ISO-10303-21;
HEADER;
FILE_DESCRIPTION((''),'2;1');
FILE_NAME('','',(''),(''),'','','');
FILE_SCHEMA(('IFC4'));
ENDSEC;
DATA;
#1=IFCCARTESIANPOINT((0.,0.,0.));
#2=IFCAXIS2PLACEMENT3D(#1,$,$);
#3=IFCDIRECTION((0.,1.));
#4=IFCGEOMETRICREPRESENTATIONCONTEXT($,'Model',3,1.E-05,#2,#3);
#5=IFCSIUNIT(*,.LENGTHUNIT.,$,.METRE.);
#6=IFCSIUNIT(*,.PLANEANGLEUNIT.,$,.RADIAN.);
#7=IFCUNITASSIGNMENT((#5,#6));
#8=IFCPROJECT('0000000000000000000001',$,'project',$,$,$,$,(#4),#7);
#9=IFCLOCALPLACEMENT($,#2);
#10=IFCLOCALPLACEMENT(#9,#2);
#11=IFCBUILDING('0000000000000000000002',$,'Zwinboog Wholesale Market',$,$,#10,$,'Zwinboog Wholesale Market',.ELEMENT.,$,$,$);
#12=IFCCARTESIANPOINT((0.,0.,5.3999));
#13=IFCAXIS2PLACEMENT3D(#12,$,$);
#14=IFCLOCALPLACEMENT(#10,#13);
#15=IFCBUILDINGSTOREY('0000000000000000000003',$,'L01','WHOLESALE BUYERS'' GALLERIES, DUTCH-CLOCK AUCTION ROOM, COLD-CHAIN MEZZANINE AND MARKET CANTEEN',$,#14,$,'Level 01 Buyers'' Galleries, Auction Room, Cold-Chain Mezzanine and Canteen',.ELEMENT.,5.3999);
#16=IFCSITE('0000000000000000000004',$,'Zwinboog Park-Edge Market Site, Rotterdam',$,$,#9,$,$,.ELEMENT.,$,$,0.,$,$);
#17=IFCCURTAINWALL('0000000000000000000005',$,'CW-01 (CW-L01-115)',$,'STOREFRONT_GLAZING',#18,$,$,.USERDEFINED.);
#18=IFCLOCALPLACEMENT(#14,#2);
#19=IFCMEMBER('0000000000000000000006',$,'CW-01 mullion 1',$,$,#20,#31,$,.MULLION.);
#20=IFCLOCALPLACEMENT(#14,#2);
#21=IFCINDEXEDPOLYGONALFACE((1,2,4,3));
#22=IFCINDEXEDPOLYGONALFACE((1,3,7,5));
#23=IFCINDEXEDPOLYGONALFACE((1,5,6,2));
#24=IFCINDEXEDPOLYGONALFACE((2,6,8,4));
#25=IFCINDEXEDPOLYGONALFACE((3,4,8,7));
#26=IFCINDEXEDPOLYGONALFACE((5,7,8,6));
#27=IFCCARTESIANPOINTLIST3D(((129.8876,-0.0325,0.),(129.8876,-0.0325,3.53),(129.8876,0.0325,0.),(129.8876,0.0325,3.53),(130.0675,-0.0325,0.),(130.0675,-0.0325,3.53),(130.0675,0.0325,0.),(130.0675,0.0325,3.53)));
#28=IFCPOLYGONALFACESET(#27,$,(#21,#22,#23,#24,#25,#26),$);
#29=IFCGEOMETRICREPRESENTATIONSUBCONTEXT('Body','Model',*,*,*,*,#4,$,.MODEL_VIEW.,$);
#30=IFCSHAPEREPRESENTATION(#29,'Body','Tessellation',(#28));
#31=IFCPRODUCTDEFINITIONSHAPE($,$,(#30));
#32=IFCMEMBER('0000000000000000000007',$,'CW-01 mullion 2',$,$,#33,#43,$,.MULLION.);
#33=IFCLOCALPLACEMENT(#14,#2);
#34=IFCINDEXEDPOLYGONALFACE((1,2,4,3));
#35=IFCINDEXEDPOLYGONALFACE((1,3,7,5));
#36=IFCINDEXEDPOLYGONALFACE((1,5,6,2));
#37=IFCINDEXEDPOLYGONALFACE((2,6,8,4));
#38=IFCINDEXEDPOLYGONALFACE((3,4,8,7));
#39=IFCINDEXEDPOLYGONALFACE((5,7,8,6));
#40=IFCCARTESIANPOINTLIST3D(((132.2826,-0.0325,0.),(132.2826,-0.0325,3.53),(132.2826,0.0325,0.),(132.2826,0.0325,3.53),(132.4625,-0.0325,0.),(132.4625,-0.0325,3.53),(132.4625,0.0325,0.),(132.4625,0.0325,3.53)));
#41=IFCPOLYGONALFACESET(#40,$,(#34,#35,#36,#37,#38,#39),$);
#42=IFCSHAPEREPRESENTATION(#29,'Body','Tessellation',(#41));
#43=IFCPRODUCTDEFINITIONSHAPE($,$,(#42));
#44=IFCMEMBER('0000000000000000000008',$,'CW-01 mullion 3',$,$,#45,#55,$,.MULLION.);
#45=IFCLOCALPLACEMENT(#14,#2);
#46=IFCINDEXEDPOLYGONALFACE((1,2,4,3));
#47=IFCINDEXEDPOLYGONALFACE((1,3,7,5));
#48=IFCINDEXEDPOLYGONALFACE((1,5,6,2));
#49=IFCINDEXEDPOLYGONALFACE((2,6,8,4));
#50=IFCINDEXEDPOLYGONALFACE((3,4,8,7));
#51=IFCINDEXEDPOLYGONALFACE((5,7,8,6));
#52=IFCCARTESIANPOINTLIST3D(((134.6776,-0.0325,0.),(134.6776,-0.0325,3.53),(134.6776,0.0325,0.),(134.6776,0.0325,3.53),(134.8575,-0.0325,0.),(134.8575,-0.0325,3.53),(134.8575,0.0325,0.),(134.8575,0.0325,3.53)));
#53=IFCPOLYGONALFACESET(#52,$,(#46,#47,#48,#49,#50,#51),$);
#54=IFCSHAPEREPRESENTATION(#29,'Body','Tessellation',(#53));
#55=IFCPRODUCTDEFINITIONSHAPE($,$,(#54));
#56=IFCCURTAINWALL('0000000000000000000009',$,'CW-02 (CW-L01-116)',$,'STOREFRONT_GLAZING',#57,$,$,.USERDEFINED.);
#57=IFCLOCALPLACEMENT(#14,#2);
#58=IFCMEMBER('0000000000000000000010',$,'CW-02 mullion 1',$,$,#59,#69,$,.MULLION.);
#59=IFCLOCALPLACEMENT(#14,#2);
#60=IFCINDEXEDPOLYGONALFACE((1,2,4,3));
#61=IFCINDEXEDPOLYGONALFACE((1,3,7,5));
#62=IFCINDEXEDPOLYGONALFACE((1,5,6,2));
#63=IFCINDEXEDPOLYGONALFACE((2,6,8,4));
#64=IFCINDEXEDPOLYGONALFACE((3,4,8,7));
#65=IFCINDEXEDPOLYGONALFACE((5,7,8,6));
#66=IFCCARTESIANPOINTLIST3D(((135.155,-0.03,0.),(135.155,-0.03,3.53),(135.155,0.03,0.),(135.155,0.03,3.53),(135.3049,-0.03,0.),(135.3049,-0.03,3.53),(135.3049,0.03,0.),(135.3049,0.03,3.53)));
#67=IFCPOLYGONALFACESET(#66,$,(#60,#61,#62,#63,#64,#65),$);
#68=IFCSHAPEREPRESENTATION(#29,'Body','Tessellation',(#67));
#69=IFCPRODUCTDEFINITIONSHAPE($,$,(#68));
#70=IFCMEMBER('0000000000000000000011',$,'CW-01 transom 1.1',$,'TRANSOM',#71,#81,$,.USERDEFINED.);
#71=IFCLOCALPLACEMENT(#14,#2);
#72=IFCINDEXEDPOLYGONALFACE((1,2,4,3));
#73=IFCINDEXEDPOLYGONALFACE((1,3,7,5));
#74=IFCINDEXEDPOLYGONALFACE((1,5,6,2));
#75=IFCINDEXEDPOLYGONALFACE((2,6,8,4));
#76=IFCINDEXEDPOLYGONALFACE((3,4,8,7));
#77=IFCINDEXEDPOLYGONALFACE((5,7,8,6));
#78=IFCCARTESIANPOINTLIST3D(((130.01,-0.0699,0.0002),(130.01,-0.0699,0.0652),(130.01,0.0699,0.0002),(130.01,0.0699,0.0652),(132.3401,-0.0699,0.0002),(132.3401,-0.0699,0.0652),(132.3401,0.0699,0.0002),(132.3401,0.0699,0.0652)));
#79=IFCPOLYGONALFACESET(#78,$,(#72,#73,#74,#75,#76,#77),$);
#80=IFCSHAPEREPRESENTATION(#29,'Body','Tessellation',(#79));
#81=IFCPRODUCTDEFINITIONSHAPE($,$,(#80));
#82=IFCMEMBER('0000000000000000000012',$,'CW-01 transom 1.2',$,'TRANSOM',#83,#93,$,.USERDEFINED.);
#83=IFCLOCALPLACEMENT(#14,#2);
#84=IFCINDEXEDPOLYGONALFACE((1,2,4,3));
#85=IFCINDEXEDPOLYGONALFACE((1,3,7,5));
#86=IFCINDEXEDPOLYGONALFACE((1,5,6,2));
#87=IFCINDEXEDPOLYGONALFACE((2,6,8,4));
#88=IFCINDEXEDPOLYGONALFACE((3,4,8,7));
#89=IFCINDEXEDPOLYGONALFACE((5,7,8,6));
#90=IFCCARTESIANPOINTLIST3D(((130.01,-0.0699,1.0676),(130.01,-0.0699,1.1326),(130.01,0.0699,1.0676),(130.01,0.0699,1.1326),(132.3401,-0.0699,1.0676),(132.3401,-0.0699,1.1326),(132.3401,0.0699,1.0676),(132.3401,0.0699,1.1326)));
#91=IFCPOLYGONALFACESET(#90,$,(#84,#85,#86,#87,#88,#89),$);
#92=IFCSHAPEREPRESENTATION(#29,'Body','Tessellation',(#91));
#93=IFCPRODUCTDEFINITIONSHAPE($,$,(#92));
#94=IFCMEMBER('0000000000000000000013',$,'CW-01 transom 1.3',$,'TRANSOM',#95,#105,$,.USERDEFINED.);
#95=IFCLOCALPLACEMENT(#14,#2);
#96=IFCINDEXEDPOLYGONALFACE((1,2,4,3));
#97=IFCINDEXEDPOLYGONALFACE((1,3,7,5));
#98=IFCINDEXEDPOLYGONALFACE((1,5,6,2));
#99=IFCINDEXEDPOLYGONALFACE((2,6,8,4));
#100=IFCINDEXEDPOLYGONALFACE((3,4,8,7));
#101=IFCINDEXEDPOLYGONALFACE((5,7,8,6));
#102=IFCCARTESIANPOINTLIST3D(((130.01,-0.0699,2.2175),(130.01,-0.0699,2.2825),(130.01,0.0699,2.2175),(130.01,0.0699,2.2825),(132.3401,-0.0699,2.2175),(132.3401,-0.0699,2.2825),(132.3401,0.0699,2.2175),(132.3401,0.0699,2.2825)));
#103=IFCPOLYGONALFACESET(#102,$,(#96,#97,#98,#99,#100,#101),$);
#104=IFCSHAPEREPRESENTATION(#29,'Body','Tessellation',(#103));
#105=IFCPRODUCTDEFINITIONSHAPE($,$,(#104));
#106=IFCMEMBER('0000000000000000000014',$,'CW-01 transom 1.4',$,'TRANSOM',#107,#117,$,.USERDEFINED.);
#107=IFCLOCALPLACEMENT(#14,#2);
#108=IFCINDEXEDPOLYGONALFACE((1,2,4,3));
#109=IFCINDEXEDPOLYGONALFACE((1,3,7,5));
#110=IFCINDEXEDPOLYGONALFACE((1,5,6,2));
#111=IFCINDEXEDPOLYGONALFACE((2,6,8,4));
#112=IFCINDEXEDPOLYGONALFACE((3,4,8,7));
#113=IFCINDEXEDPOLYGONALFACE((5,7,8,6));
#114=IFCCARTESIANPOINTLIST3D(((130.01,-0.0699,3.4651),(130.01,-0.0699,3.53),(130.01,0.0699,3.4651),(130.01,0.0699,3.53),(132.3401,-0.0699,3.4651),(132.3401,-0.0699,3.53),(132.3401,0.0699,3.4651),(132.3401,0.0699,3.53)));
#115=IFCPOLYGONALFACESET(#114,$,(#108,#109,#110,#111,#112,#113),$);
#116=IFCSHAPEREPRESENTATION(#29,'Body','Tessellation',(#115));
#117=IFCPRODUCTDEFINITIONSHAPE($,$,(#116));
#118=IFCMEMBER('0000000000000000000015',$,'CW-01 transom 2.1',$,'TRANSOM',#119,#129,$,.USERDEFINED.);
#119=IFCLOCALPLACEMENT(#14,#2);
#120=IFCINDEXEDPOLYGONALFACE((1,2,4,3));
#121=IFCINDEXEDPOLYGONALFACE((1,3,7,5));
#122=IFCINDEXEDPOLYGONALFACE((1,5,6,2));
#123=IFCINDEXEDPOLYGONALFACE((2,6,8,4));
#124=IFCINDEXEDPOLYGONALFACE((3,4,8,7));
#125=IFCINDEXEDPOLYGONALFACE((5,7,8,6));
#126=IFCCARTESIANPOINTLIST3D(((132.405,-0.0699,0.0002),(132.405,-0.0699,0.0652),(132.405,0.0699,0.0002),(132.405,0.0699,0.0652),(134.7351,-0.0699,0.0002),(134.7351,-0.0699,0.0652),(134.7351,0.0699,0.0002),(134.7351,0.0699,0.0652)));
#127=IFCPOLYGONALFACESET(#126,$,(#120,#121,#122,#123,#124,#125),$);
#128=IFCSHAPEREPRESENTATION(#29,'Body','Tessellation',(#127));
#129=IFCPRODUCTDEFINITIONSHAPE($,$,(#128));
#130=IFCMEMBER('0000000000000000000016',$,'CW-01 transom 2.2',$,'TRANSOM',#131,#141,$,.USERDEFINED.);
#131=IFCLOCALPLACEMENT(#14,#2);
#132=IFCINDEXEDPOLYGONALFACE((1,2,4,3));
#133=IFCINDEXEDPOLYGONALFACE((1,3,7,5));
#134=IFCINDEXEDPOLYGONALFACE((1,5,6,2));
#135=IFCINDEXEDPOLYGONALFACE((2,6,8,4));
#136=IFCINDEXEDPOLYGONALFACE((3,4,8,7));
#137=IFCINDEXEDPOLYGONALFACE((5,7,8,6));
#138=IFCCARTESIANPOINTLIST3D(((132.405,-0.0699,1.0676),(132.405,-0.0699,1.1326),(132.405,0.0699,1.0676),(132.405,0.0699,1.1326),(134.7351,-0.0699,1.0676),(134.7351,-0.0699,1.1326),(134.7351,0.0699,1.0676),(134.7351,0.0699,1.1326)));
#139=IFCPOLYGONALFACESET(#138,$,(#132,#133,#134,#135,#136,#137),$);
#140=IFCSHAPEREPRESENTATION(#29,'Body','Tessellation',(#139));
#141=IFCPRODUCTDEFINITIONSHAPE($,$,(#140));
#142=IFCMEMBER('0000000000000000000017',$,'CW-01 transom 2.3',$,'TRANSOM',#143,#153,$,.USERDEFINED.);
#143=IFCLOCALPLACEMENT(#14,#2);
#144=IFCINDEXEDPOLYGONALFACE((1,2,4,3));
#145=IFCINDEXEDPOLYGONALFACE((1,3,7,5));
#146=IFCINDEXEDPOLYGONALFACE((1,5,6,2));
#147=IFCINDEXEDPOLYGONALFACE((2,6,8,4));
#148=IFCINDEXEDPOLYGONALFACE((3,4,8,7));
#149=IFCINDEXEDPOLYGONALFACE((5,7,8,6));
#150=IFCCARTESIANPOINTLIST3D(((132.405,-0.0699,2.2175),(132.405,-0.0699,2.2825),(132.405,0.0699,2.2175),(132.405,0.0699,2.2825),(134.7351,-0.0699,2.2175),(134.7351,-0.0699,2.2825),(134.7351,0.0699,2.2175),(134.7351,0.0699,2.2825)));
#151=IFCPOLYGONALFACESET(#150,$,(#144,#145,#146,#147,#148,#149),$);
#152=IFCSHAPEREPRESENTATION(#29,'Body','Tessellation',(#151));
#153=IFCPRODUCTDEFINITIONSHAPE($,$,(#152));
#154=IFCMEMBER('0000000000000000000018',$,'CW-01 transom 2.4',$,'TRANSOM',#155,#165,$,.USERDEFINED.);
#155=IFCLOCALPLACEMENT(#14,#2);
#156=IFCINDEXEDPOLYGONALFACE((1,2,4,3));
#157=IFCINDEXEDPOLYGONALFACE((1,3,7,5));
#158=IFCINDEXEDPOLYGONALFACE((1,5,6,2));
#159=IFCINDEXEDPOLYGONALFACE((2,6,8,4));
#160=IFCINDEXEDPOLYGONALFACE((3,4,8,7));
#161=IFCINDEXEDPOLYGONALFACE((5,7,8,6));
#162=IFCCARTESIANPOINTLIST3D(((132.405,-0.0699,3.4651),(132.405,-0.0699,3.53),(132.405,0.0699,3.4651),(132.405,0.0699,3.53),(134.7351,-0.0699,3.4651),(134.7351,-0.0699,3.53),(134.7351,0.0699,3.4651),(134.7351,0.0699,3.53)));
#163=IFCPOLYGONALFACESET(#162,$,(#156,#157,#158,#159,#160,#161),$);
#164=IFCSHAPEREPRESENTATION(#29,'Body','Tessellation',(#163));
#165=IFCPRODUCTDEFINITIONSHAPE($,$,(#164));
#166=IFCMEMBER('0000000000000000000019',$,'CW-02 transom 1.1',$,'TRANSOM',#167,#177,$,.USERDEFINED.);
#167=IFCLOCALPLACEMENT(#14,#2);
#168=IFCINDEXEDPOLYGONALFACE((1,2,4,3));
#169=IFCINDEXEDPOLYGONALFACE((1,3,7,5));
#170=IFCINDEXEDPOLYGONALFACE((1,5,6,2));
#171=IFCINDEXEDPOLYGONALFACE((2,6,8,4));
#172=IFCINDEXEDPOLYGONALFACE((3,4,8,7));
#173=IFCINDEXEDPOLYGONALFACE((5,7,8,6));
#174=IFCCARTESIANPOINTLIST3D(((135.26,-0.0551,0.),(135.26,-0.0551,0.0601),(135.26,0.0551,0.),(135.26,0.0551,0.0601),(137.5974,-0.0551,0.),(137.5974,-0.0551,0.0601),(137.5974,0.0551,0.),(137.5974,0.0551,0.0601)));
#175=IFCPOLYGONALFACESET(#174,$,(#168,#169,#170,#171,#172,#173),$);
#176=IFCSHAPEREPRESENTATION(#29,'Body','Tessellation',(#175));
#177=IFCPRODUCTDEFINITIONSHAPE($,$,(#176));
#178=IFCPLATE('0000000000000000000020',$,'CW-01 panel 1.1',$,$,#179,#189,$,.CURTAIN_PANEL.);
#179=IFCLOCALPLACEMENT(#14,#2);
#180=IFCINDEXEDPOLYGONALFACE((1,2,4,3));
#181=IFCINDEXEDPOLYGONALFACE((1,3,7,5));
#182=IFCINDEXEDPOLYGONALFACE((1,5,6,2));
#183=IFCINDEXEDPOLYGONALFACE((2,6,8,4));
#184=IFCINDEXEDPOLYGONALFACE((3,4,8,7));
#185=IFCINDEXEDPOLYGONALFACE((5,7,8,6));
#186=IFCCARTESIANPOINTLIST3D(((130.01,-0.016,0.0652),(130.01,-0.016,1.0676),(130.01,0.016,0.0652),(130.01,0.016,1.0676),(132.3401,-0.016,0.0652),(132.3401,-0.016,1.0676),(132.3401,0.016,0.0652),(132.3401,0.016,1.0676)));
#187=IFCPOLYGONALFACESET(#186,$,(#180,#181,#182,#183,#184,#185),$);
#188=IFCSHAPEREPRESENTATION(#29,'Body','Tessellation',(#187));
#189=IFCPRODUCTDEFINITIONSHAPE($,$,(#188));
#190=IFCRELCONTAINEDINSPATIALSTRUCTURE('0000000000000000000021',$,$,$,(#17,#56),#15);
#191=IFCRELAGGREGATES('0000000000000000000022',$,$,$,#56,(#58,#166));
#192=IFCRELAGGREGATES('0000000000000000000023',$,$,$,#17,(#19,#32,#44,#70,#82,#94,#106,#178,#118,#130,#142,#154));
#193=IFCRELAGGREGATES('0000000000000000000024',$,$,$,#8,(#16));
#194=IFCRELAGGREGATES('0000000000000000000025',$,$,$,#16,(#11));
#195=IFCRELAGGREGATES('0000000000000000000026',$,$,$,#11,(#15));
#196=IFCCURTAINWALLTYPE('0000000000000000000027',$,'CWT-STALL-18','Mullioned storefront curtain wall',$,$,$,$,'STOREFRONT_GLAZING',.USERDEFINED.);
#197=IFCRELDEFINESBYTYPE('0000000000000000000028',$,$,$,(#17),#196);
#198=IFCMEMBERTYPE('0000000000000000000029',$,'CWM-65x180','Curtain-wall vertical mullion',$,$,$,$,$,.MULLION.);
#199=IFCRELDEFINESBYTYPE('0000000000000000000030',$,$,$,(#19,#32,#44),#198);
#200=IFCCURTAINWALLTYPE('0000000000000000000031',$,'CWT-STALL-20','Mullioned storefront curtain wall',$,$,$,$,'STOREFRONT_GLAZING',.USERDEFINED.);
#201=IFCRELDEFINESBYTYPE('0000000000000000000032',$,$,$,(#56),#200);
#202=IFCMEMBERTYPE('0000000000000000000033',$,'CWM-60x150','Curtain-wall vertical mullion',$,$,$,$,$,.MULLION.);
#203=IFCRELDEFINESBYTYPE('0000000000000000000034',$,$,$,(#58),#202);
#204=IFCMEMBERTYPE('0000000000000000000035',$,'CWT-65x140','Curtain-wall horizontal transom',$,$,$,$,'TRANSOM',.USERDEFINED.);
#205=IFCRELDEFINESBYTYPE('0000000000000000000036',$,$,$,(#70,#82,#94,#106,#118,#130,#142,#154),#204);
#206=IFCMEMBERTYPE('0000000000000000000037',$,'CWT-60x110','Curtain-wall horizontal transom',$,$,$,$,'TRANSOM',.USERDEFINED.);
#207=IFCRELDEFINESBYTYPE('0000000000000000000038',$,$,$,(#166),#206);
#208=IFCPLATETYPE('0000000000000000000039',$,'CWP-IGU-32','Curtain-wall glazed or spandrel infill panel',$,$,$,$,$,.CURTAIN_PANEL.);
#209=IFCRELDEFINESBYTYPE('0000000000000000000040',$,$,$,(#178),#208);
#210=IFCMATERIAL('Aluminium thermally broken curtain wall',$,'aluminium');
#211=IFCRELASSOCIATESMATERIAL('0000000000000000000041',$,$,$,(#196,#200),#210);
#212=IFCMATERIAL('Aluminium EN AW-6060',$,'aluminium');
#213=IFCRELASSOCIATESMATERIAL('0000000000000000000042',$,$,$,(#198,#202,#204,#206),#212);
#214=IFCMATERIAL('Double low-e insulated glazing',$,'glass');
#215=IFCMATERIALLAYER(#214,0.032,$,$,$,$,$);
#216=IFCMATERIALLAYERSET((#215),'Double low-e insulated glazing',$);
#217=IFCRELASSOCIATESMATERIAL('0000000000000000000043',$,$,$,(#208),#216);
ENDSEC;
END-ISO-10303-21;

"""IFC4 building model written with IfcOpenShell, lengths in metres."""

from ifc_helpers import new_model, si_unit, direction, frame, origin, origin_2d, place, context, subcontext, project, spatial, rectangle, extrude, material, layer, layer_set, material_profile, profile_set, type_object, element, aggregate, save


model = new_model("IFC4")

# Units and contexts
model_context = context("Model", 3, precision=1e-05, world=origin(), true_north=direction((0.0, 1.0)))
body_context = subcontext(model_context, "Body", "Model", "MODEL_VIEW")
ifc_project = project(units=[si_unit("LENGTHUNIT", "METRE"), si_unit("PLANEANGLEUNIT", "RADIAN")], contexts=[model_context])

# Site, building, storey
site_placement = place(None, origin())
site = spatial("IfcSite", under=ifc_project, at=site_placement, Name="Zwinboog Park-Edge Market Site, Rotterdam", CompositionType="ELEMENT", RefElevation=0.0)
building_placement = place(site_placement, origin())
building = spatial("IfcBuilding", under=site, at=building_placement, Name="Zwinboog Wholesale Market", LongName="Zwinboog Wholesale Market", CompositionType="ELEMENT")
storey_placement = place(building_placement, frame((0.0, 0.0, 5.3999)))
storey = spatial("IfcBuildingStorey", under=building, at=storey_placement, Name="L01", Description="WHOLESALE BUYERS' GALLERIES, DUTCH-CLOCK AUCTION ROOM, COLD-CHAIN MEZZANINE AND MARKET CANTEEN", LongName="Level 01 Buyers' Galleries, Auction Room, Cold-Chain Mezzanine and Canteen", CompositionType="ELEMENT", Elevation=5.3999)

# Curtain wall, members
ifc_material_1 = material(Name="Aluminium thermally broken curtain wall", Category="aluminium")
curtain_wall_type_1 = type_object("IfcCurtainWallType", Name="CWT-STALL-18", Description="Mullioned storefront curtain wall", ElementType="STOREFRONT_GLAZING", PredefinedType="USERDEFINED", material=ifc_material_1)
curtain_wall_1_placement = place(storey_placement, origin())
curtain_wall_1 = element("IfcCurtainWall", 1, at=curtain_wall_1_placement, inside=storey, type_object=curtain_wall_type_1, Name="CW-01 (CW-L01-115)", ObjectType="STOREFRONT_GLAZING", PredefinedType="USERDEFINED")
ifc_material_2 = material(Name="Aluminium EN AW-6060", Category="aluminium")
ifc_material_profile_1 = material_profile(ifc_material_2, rectangle(XDim=0.0649, YDim=0.1799, at=origin_2d()), Name="AL 65x180")
ifc_profile_set_1 = profile_set([ifc_material_profile_1], Name="Aluminium EN AW-6060")
member_type_1 = type_object("IfcMemberType", Name="CWM-65x180", Description="Curtain-wall vertical mullion", PredefinedType="MULLION", material=ifc_profile_set_1)
member_1_placement = place(storey_placement, frame((129.9775, 0.0, 0.0), z_axis=(0.0, 0.0, 1.0), x_axis=(0.0, 1.0, 0.0)))
member_1 = element("IfcMember", 2, at=member_1_placement, type_object=member_type_1, Name="CW-01 mullion 1", PredefinedType="MULLION", context=body_context, shape_type="SweptSolid", body=[
    extrude(rectangle(XDim=0.0649, YDim=0.1799, at=origin_2d()), origin(), (0.0, 0.0, 1.0), 3.53),
])
member_2_placement = place(storey_placement, frame((132.3726, 0.0, 0.0), z_axis=(0.0, 0.0, 1.0), x_axis=(0.0, 1.0, 0.0)))
member_2 = element("IfcMember", 3, at=member_2_placement, type_object=member_type_1, Name="CW-01 mullion 2", PredefinedType="MULLION", context=body_context, shape_type="SweptSolid", body=[
    extrude(rectangle(XDim=0.0649, YDim=0.1799, at=origin_2d()), origin(), (0.0, 0.0, 1.0), 3.53),
])
member_3_placement = place(storey_placement, frame((134.7676, 0.0, 0.0), z_axis=(0.0, 0.0, 1.0), x_axis=(0.0, 1.0, 0.0)))
member_3 = element("IfcMember", 4, at=member_3_placement, type_object=member_type_1, Name="CW-01 mullion 3", PredefinedType="MULLION", context=body_context, shape_type="SweptSolid", body=[
    extrude(rectangle(XDim=0.0649, YDim=0.1799, at=origin_2d()), origin(), (0.0, 0.0, 1.0), 3.53),
])

# Curtain wall, member
curtain_wall_type_2 = type_object("IfcCurtainWallType", Name="CWT-STALL-20", Description="Mullioned storefront curtain wall", ElementType="STOREFRONT_GLAZING", PredefinedType="USERDEFINED", material=ifc_material_1)
curtain_wall_2_placement = place(storey_placement, origin())
curtain_wall_2 = element("IfcCurtainWall", 5, at=curtain_wall_2_placement, inside=storey, type_object=curtain_wall_type_2, Name="CW-02 (CW-L01-116)", ObjectType="STOREFRONT_GLAZING", PredefinedType="USERDEFINED")
ifc_material_profile_2 = material_profile(ifc_material_2, rectangle(XDim=0.0601, YDim=0.1499, at=origin_2d()), Name="AL 60x150")
ifc_profile_set_2 = profile_set([ifc_material_profile_2], Name="Aluminium EN AW-6060")
member_type_2 = type_object("IfcMemberType", Name="CWM-60x150", Description="Curtain-wall vertical mullion", PredefinedType="MULLION", material=ifc_profile_set_2)
member_4_placement = place(storey_placement, frame((135.23, 0.0, 0.0), z_axis=(0.0, 0.0, 1.0), x_axis=(0.0, 1.0, 0.0)))
member_4 = element("IfcMember", 6, at=member_4_placement, type_object=member_type_2, Name="CW-02 mullion 1", PredefinedType="MULLION", context=body_context, shape_type="SweptSolid", body=[
    extrude(rectangle(XDim=0.0601, YDim=0.1499, at=origin_2d()), origin(), (0.0, 0.0, 1.0), 3.53),
])

# Members
ifc_material_profile_3 = material_profile(ifc_material_2, rectangle(XDim=0.1399, YDim=0.0649, at=origin_2d()), Name="AL 65x140")
ifc_profile_set_3 = profile_set([ifc_material_profile_3], Name="Aluminium EN AW-6060")
member_type_3 = type_object("IfcMemberType", Name="CWT-65x140", Description="Curtain-wall horizontal transom", ElementType="TRANSOM", PredefinedType="USERDEFINED", material=ifc_profile_set_3)
member_5_placement = place(storey_placement, frame((130.01, 0.0, 0.0327), z_axis=(1.0, 0.0, 0.0), x_axis=(0.0, 1.0, 0.0)))
member_5 = element("IfcMember", 7, at=member_5_placement, type_object=member_type_3, Name="CW-01 transom 1.1", ObjectType="TRANSOM", PredefinedType="USERDEFINED", context=body_context, shape_type="SweptSolid", body=[
    extrude(rectangle(XDim=0.1399, YDim=0.0649, at=origin_2d()), origin(), (0.0, 0.0, 1.0), 2.3301),
])
member_6_placement = place(storey_placement, frame((130.01, 0.0, 1.1001), z_axis=(1.0, 0.0, 0.0), x_axis=(0.0, 1.0, 0.0)))
member_6 = element("IfcMember", 8, at=member_6_placement, type_object=member_type_3, Name="CW-01 transom 1.2", ObjectType="TRANSOM", PredefinedType="USERDEFINED", context=body_context, shape_type="SweptSolid", body=[
    extrude(rectangle(XDim=0.1399, YDim=0.0649, at=origin_2d()), origin(), (0.0, 0.0, 1.0), 2.3301),
])
member_7_placement = place(storey_placement, frame((130.01, 0.0, 2.25), z_axis=(1.0, 0.0, 0.0), x_axis=(0.0, 1.0, 0.0)))
member_7 = element("IfcMember", 9, at=member_7_placement, type_object=member_type_3, Name="CW-01 transom 1.3", ObjectType="TRANSOM", PredefinedType="USERDEFINED", context=body_context, shape_type="SweptSolid", body=[
    extrude(rectangle(XDim=0.1399, YDim=0.0649, at=origin_2d()), origin(), (0.0, 0.0, 1.0), 2.3301),
])
member_8_placement = place(storey_placement, frame((130.01, 0.0, 3.4976), z_axis=(1.0, 0.0, 0.0), x_axis=(0.0, 1.0, 0.0)))
member_8 = element("IfcMember", 10, at=member_8_placement, type_object=member_type_3, Name="CW-01 transom 1.4", ObjectType="TRANSOM", PredefinedType="USERDEFINED", context=body_context, shape_type="SweptSolid", body=[
    extrude(rectangle(XDim=0.1399, YDim=0.0649, at=origin_2d()), origin(), (0.0, 0.0, 1.0), 2.3301),
])
member_9_placement = place(storey_placement, frame((132.405, 0.0, 0.0327), z_axis=(1.0, 0.0, 0.0), x_axis=(0.0, 1.0, 0.0)))
member_9 = element("IfcMember", 11, at=member_9_placement, type_object=member_type_3, Name="CW-01 transom 2.1", ObjectType="TRANSOM", PredefinedType="USERDEFINED", context=body_context, shape_type="SweptSolid", body=[
    extrude(rectangle(XDim=0.1399, YDim=0.0649, at=origin_2d()), origin(), (0.0, 0.0, 1.0), 2.3301),
])
member_10_placement = place(storey_placement, frame((132.405, 0.0, 1.1001), z_axis=(1.0, 0.0, 0.0), x_axis=(0.0, 1.0, 0.0)))
member_10 = element("IfcMember", 12, at=member_10_placement, type_object=member_type_3, Name="CW-01 transom 2.2", ObjectType="TRANSOM", PredefinedType="USERDEFINED", context=body_context, shape_type="SweptSolid", body=[
    extrude(rectangle(XDim=0.1399, YDim=0.0649, at=origin_2d()), origin(), (0.0, 0.0, 1.0), 2.3301),
])
member_11_placement = place(storey_placement, frame((132.405, 0.0, 2.25), z_axis=(1.0, 0.0, 0.0), x_axis=(0.0, 1.0, 0.0)))
member_11 = element("IfcMember", 13, at=member_11_placement, type_object=member_type_3, Name="CW-01 transom 2.3", ObjectType="TRANSOM", PredefinedType="USERDEFINED", context=body_context, shape_type="SweptSolid", body=[
    extrude(rectangle(XDim=0.1399, YDim=0.0649, at=origin_2d()), origin(), (0.0, 0.0, 1.0), 2.3301),
])
member_12_placement = place(storey_placement, frame((132.405, 0.0, 3.4976), z_axis=(1.0, 0.0, 0.0), x_axis=(0.0, 1.0, 0.0)))
member_12 = element("IfcMember", 14, at=member_12_placement, type_object=member_type_3, Name="CW-01 transom 2.4", ObjectType="TRANSOM", PredefinedType="USERDEFINED", context=body_context, shape_type="SweptSolid", body=[
    extrude(rectangle(XDim=0.1399, YDim=0.0649, at=origin_2d()), origin(), (0.0, 0.0, 1.0), 2.3301),
])
ifc_material_profile_4 = material_profile(ifc_material_2, rectangle(XDim=0.1101, YDim=0.0601, at=origin_2d()), Name="AL 60x110")
ifc_profile_set_4 = profile_set([ifc_material_profile_4], Name="Aluminium EN AW-6060")
member_type_4 = type_object("IfcMemberType", Name="CWT-60x110", Description="Curtain-wall horizontal transom", ElementType="TRANSOM", PredefinedType="USERDEFINED", material=ifc_profile_set_4)
member_13_placement = place(storey_placement, frame((135.26, 0.0, 0.03), z_axis=(1.0, 0.0, 0.0), x_axis=(0.0, 1.0, 0.0)))
member_13 = element("IfcMember", 15, at=member_13_placement, type_object=member_type_4, Name="CW-02 transom 1.1", ObjectType="TRANSOM", PredefinedType="USERDEFINED", context=body_context, shape_type="SweptSolid", body=[
    extrude(rectangle(XDim=0.1101, YDim=0.0601, at=origin_2d()), origin(), (0.0, 0.0, 1.0), 2.3374),
])
aggregate(curtain_wall_2, [member_4, member_13])

# Plate
ifc_material_3 = material(Name="Double low-e insulated glazing", Category="glass")
ifc_layer_1 = layer(ifc_material_3, 0.032)
ifc_layer_set_1 = layer_set([ifc_layer_1], Name="Double low-e insulated glazing")
plate_type = type_object("IfcPlateType", Name="CWP-IGU-32", Description="Curtain-wall glazed or spandrel infill panel", PredefinedType="CURTAIN_PANEL", material=ifc_layer_set_1)
plate_1_placement = place(storey_placement, frame((131.175, 0.0, 0.0652), z_axis=(0.0, 0.0, 1.0), x_axis=(1.0, 0.0, 0.0)))
plate_1 = element("IfcPlate", 16, at=plate_1_placement, type_object=plate_type, Name="CW-01 panel 1.1", PredefinedType="CURTAIN_PANEL", context=body_context, shape_type="SweptSolid", body=[
    extrude(rectangle(XDim=2.3301, YDim=0.032, at=origin_2d()), origin(), (0.0, 0.0, 1.0), 1.0024),
])
aggregate(curtain_wall_1, [member_1, member_2, member_3, member_5, member_6, member_7, member_8, plate_1, member_9, member_10, member_11, member_12])

save(model, "model.ifc")
